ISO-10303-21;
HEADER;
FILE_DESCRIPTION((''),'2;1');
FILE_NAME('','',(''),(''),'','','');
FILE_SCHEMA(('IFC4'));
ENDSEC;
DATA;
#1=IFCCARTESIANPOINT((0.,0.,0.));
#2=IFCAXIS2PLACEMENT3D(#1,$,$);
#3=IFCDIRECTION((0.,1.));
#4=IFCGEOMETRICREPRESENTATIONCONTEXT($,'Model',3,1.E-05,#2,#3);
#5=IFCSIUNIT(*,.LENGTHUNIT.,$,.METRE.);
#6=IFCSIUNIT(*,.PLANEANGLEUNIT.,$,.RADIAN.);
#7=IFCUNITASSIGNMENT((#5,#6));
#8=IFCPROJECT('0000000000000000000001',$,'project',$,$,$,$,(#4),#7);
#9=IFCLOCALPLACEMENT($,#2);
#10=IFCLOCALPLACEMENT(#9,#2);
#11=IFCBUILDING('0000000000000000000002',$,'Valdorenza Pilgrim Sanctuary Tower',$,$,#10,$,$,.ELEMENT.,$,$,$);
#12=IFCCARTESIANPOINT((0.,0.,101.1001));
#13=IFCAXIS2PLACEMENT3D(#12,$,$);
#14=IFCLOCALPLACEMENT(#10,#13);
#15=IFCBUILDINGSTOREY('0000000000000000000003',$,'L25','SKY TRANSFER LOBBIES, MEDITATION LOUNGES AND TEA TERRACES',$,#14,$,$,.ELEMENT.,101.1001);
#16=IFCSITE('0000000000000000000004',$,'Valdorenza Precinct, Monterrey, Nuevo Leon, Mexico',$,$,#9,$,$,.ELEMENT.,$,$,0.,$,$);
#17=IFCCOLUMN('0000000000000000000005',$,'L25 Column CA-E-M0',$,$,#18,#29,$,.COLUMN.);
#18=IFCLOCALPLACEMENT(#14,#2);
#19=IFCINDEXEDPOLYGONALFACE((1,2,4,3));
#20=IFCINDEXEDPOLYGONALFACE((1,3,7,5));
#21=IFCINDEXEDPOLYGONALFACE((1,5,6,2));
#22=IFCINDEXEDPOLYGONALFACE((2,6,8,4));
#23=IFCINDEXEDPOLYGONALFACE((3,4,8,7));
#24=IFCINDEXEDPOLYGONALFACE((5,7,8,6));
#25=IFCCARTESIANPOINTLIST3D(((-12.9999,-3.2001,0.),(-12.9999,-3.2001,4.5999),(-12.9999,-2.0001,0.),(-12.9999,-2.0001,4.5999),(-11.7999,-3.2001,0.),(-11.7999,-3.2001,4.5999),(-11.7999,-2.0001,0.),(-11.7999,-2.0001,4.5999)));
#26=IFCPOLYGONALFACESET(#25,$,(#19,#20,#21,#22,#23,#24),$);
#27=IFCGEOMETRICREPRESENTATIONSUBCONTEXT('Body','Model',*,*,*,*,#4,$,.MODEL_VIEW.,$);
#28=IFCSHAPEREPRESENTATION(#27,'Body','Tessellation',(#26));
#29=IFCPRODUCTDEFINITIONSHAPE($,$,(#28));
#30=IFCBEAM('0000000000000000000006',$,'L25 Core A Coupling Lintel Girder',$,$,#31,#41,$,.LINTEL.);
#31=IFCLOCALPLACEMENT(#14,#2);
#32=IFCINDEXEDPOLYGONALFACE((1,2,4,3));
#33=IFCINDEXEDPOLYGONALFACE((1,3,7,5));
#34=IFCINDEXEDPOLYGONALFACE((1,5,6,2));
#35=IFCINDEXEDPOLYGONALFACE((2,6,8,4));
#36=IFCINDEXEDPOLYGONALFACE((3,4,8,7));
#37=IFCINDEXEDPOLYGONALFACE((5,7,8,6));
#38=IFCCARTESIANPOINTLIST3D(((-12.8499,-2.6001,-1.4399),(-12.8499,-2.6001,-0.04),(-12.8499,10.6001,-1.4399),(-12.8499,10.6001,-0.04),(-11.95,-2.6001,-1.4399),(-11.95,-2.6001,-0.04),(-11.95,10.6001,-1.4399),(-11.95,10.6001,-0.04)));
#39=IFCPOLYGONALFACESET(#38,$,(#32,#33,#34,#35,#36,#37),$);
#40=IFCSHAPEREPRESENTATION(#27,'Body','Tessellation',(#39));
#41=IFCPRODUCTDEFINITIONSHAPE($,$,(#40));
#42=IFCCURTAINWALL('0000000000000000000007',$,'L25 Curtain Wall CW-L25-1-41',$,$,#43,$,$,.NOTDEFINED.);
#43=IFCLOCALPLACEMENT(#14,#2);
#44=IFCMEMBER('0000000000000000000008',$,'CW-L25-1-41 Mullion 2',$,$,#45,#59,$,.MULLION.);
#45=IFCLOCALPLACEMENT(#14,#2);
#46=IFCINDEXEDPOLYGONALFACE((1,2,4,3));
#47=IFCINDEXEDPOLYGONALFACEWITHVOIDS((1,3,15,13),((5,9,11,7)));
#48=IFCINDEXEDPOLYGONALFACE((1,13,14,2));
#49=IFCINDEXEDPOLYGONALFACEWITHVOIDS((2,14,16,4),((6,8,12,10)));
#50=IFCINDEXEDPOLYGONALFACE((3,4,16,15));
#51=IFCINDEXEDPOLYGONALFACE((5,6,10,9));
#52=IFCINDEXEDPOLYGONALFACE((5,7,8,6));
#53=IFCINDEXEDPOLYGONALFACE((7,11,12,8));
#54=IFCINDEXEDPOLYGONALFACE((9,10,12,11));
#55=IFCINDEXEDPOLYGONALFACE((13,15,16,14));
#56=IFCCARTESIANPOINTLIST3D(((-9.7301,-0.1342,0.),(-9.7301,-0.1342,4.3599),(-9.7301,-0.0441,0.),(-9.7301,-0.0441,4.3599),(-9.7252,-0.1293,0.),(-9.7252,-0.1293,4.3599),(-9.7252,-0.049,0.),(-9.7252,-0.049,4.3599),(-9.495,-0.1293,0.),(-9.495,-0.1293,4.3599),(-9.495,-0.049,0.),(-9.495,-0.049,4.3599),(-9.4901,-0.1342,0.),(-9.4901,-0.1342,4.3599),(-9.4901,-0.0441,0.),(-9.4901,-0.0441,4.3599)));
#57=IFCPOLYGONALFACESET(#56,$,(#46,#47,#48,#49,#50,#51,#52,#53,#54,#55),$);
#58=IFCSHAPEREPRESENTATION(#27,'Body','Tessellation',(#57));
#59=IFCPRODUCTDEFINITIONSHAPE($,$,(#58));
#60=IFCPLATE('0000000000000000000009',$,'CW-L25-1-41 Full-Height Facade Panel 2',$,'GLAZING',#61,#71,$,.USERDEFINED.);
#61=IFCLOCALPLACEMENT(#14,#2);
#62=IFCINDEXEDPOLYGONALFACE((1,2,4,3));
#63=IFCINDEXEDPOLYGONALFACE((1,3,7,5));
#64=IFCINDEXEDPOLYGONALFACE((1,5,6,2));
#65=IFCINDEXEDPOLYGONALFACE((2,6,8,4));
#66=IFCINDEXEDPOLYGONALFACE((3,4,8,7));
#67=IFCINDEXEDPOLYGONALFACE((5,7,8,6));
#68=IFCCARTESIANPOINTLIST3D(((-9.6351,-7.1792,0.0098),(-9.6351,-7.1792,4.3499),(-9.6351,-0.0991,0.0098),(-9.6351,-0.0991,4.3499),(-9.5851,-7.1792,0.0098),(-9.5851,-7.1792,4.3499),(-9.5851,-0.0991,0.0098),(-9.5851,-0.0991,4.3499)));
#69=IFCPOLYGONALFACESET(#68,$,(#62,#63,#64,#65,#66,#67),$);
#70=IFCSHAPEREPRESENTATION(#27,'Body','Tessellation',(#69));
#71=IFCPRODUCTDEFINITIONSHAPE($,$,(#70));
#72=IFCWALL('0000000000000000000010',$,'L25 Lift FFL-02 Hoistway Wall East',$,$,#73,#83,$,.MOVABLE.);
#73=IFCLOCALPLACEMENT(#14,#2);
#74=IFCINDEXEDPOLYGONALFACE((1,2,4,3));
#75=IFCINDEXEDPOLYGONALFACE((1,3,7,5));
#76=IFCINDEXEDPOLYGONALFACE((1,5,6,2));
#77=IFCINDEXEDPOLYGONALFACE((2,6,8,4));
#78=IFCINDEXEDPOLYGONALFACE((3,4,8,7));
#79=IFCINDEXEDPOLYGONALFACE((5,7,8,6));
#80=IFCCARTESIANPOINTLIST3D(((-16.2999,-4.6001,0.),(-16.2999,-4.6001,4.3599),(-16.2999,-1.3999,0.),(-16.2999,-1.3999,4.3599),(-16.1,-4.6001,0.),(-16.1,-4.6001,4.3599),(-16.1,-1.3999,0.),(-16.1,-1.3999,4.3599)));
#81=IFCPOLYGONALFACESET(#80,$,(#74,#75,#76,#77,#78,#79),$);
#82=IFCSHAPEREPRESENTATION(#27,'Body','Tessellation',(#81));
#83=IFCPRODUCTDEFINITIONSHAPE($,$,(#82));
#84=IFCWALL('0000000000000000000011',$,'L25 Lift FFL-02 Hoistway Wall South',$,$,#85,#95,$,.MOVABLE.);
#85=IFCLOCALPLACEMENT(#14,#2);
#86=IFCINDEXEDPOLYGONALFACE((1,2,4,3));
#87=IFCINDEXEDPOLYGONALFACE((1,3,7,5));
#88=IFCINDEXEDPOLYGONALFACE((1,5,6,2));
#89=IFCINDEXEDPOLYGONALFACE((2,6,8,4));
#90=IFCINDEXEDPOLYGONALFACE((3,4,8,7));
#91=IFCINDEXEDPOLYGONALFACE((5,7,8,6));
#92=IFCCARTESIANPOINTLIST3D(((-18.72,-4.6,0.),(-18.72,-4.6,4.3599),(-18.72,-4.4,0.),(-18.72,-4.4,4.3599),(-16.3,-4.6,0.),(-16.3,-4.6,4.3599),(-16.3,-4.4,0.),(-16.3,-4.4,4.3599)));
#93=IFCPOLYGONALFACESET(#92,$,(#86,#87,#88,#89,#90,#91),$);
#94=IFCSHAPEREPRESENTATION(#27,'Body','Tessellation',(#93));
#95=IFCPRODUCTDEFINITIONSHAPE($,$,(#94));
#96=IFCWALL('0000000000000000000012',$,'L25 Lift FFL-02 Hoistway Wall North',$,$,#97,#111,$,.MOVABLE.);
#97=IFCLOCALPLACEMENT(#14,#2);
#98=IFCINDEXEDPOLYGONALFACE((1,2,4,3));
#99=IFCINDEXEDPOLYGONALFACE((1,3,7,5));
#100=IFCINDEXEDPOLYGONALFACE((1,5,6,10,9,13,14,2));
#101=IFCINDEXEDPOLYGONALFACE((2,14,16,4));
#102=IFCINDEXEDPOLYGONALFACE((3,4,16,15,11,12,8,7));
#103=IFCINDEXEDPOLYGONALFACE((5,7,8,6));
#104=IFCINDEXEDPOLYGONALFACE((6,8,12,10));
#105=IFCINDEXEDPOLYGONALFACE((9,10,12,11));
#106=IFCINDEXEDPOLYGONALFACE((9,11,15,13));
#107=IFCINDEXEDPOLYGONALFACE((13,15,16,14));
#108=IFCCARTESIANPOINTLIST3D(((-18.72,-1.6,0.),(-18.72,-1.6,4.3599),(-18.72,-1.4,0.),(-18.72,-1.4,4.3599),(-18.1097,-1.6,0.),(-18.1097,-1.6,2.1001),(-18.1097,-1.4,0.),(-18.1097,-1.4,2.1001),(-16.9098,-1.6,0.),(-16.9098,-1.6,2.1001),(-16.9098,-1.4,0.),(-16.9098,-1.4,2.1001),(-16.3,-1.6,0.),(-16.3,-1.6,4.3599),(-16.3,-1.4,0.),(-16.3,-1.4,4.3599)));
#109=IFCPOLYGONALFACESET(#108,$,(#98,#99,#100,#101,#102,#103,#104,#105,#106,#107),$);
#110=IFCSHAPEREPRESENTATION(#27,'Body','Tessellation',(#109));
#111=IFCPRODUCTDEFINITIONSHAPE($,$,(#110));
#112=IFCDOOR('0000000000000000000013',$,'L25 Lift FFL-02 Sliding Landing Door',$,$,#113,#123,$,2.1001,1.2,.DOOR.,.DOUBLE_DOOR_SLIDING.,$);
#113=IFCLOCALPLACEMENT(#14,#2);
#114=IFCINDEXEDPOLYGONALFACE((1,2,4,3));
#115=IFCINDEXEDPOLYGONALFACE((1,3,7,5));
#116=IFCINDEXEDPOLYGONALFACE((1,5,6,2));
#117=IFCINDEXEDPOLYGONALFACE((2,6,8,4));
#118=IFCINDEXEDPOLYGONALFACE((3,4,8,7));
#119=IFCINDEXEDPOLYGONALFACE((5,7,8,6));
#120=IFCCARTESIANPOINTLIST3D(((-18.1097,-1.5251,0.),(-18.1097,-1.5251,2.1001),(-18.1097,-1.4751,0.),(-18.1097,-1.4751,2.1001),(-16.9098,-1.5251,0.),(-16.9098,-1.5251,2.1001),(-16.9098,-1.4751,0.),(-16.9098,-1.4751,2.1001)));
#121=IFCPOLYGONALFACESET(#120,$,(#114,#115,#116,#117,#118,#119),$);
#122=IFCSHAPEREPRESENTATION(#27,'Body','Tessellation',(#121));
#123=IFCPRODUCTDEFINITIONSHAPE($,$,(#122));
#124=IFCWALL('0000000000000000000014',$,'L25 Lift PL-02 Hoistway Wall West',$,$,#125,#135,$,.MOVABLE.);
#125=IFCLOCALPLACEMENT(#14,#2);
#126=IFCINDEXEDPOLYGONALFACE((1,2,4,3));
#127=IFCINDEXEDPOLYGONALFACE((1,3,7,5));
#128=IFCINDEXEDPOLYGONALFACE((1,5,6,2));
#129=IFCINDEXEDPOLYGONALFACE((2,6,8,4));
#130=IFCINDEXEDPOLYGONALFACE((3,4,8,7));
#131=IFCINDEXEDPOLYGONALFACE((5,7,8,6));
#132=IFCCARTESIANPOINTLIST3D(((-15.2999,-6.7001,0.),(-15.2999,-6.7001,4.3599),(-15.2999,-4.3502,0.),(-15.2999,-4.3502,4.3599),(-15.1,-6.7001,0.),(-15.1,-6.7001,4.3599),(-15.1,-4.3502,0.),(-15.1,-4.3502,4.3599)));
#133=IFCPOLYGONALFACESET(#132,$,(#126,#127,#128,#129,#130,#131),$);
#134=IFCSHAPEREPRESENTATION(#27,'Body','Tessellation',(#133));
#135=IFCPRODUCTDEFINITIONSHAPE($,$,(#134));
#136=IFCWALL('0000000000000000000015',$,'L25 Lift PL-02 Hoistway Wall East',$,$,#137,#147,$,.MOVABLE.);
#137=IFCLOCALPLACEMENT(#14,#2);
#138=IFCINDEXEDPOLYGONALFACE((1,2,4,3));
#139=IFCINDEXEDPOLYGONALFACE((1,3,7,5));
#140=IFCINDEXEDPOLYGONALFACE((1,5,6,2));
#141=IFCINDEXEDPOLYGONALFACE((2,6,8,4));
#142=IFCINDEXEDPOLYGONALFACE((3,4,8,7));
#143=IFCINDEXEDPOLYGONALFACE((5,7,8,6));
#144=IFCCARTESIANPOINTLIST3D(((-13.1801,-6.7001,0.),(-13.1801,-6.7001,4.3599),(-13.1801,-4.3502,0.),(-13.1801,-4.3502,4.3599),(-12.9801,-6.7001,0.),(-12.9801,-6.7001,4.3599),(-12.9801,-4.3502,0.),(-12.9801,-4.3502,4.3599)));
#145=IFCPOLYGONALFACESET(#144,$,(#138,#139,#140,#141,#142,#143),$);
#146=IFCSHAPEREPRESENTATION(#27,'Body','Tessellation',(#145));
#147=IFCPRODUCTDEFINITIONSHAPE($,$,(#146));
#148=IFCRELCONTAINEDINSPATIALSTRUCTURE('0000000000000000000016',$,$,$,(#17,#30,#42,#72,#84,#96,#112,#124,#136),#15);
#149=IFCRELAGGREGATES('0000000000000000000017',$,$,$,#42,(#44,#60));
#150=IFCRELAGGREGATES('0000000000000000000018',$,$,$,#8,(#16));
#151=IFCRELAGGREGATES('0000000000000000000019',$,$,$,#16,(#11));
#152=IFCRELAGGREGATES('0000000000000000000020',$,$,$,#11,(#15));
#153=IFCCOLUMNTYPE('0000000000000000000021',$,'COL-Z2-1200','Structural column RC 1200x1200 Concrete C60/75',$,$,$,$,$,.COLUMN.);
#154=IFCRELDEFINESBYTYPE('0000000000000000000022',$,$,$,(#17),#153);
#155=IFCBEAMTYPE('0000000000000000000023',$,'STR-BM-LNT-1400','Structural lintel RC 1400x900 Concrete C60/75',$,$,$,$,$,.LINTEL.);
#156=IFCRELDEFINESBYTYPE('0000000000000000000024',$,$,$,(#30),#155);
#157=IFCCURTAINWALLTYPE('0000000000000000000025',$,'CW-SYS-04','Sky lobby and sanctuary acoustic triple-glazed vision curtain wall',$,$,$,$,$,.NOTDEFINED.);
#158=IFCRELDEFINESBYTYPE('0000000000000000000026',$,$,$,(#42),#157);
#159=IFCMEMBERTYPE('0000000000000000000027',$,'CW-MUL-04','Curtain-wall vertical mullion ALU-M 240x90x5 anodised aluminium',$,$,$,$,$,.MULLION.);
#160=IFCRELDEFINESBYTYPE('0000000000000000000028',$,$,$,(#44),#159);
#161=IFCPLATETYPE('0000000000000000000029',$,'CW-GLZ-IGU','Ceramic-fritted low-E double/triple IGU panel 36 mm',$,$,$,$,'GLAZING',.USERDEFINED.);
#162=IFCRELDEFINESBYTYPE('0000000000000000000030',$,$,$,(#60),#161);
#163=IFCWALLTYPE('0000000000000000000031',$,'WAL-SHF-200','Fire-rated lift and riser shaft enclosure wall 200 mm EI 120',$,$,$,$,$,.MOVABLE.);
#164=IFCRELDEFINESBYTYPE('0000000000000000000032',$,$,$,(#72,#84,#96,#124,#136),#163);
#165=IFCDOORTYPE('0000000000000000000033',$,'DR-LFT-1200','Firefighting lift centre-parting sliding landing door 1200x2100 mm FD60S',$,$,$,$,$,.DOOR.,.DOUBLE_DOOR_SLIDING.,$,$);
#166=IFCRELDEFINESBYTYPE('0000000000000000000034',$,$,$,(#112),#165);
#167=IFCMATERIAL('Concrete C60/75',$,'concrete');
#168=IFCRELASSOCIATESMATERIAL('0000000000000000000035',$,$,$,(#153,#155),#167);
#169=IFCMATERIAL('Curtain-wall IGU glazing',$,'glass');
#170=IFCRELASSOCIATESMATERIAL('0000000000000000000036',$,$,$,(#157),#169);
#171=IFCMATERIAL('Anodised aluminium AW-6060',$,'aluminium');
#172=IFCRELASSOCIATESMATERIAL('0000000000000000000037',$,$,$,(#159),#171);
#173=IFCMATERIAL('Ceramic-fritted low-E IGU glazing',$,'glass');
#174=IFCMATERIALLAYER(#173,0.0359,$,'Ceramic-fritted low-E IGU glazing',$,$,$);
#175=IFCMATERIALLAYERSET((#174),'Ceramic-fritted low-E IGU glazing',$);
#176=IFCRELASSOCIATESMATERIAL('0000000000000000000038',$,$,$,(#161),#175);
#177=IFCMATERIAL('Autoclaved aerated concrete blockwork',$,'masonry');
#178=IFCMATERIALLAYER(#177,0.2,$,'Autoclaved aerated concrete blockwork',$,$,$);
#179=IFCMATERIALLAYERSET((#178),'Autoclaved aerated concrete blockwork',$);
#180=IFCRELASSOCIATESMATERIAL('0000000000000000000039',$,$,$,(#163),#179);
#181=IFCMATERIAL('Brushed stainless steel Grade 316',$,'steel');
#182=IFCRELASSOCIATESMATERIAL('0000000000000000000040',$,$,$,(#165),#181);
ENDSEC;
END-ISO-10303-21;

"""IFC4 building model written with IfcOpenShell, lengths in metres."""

from ifc_helpers import new_model, si_unit, direction, frame, frame_2d, origin, origin_2d, place, context, subcontext, project, spatial, rectangle, hollow_rectangle, extrude, source, transform, mapped, material, layer, layer_set, material_profile, profile_set, type_object, element, fill, aggregate, save


model = new_model("IFC4")

# Units and contexts
model_context = context("Model", 3, precision=1e-05, world=origin(), true_north=direction((0.0, 1.0)))
body_context = subcontext(model_context, "Body", "Model", "MODEL_VIEW")
ifc_project = project(units=[si_unit("LENGTHUNIT", "METRE"), si_unit("PLANEANGLEUNIT", "RADIAN")], contexts=[model_context])

# Site, building, storey
site_placement = place(None, origin())
site = spatial("IfcSite", under=ifc_project, at=site_placement, Name="Valdorenza Precinct, Monterrey, Nuevo Leon, Mexico", CompositionType="ELEMENT", RefElevation=0.0)
building_placement = place(site_placement, origin())
building = spatial("IfcBuilding", under=site, at=building_placement, Name="Valdorenza Pilgrim Sanctuary Tower", CompositionType="ELEMENT")
storey_placement = place(building_placement, frame((0.0, 0.0, 101.1001)))
storey = spatial("IfcBuildingStorey", under=building, at=storey_placement, Name="L25", Description="SKY TRANSFER LOBBIES, MEDITATION LOUNGES AND TEA TERRACES", CompositionType="ELEMENT", Elevation=101.1001)

# Column
ifc_material_1 = material(Name="Concrete C60/75", Category="concrete")
ifc_material_profile_1 = material_profile(ifc_material_1, rectangle(XDim=1.2, YDim=1.2, at=origin_2d()), Name="RC 1200x1200")
ifc_profile_set_1 = profile_set([ifc_material_profile_1], Name="Concrete C60/75")
column_type = type_object("IfcColumnType", Name="COL-Z2-1200", Description="Structural column RC 1200x1200 Concrete C60/75", PredefinedType="COLUMN", material=ifc_profile_set_1)
shared_shape_1 = source(origin(), body_context, "Body", "SweptSolid", [
    extrude(rectangle(XDim=1.2, YDim=1.2, at=origin_2d()), origin(), (0.0, 0.0, 1.0), 4.5999),
])
column_placement = place(storey_placement, frame((-12.3999, -2.6001, 0.0), z_axis=(0.0, 0.0, 1.0), x_axis=(1.0, 0.0, 0.0)))
element("IfcColumn", 1, at=column_placement, inside=storey, type_object=column_type, Name="L25 Column CA-E-M0", PredefinedType="COLUMN", context=body_context, shape_type="MappedRepresentation", body=[
    mapped(shared_shape_1, transform((0.0, 0.0, 0.0), x_axis=(1.0, 0.0, 0.0), y_axis=(0.0, 1.0, 0.0), z_axis=(0.0, 0.0, 1.0), scale=1.0)),
])

# Beam
ifc_material_profile_2 = material_profile(ifc_material_1, rectangle(XDim=0.8999, YDim=1.3999, at=origin_2d()), Name="RC 1400x900")
ifc_profile_set_2 = profile_set([ifc_material_profile_2], Name="Concrete C60/75")
beam_type = type_object("IfcBeamType", Name="STR-BM-LNT-1400", Description="Structural lintel RC 1400x900 Concrete C60/75", PredefinedType="LINTEL", material=ifc_profile_set_2)
shared_shape_2 = source(origin(), body_context, "Body", "SweptSolid", [
    extrude(rectangle(XDim=0.8999, YDim=1.3999, at=origin_2d()), origin(), (0.0, 0.0, 1.0), 13.2002),
])
beam_placement = place(storey_placement, frame((-12.3999, -2.6001, -0.74), z_axis=(0.0, 1.0, 0.0), x_axis=(-1.0, 0.0, 0.0)))
element("IfcBeam", 2, at=beam_placement, inside=storey, type_object=beam_type, Name="L25 Core A Coupling Lintel Girder", PredefinedType="LINTEL", context=body_context, shape_type="MappedRepresentation", body=[
    mapped(shared_shape_2, transform((0.0, 0.0, 0.0), x_axis=(1.0, 0.0, 0.0), y_axis=(0.0, 1.0, 0.0), z_axis=(0.0, 0.0, 1.0), scale=1.0)),
])

# Curtain wall, member, plate
ifc_material_2 = material(Name="Curtain-wall IGU glazing", Category="glass")
curtain_wall_type = type_object("IfcCurtainWallType", Name="CW-SYS-04", Description="Sky lobby and sanctuary acoustic triple-glazed vision curtain wall", PredefinedType="NOTDEFINED", material=ifc_material_2)
curtain_wall_placement = place(storey_placement, origin())
curtain_wall = element("IfcCurtainWall", 3, at=curtain_wall_placement, inside=storey, type_object=curtain_wall_type, Name="L25 Curtain Wall CW-L25-1-41", PredefinedType="NOTDEFINED")
ifc_material_3 = material(Name="Anodised aluminium AW-6060", Category="aluminium")
ifc_material_profile_3 = material_profile(ifc_material_3, hollow_rectangle(XDim=0.0901, YDim=0.24, WallThickness=0.0049, at=origin_2d()), Name="ALU-M 240x90x5")
ifc_profile_set_3 = profile_set([ifc_material_profile_3], Name="Anodised aluminium AW-6060")
member_type = type_object("IfcMemberType", Name="CW-MUL-04", Description="Curtain-wall vertical mullion ALU-M 240x90x5 anodised aluminium", PredefinedType="MULLION", material=ifc_profile_set_3)
shared_shape_3 = source(origin(), body_context, "Body", "SweptSolid", [
    extrude(hollow_rectangle(XDim=0.0901, YDim=0.24, WallThickness=0.0049, at=origin_2d()), origin(), (0.0, 0.0, 1.0), 4.3599),
])
member_placement = place(storey_placement, frame((-9.6101, -0.0891, 0.0), z_axis=(0.0, 0.0, 1.0), x_axis=(0.0, -1.0, 0.0)))
member = element("IfcMember", 4, at=member_placement, type_object=member_type, Name="CW-L25-1-41 Mullion 2", PredefinedType="MULLION", context=body_context, shape_type="MappedRepresentation", body=[
    mapped(shared_shape_3, transform((0.0, 0.0, 0.0), x_axis=(1.0, 0.0, 0.0), y_axis=(0.0, 1.0, 0.0), z_axis=(0.0, 0.0, 1.0), scale=1.0)),
])
ifc_material_4 = material(Name="Ceramic-fritted low-E IGU glazing", Category="glass")
ifc_layer_1 = layer(ifc_material_4, 0.0359, Name="Ceramic-fritted low-E IGU glazing")
ifc_layer_set_1 = layer_set([ifc_layer_1], Name="Ceramic-fritted low-E IGU glazing")
plate_type = type_object("IfcPlateType", Name="CW-GLZ-IGU", Description="Ceramic-fritted low-E double/triple IGU panel 36 mm", ElementType="GLAZING", PredefinedType="USERDEFINED", material=ifc_layer_set_1)
shared_shape_4 = source(origin(), body_context, "Body", "SweptSolid", [
    extrude(rectangle(XDim=7.0801, YDim=0.05, at=origin_2d()), origin(), (0.0, 0.0, 1.0), 4.3401),
])
plate_placement = place(storey_placement, frame((-9.6101, -3.6392, 0.0098), z_axis=(0.0, 0.0, 1.0), x_axis=(0.0, -1.0, 0.0)))
plate = element("IfcPlate", 5, at=plate_placement, type_object=plate_type, Name="CW-L25-1-41 Full-Height Facade Panel 2", ObjectType="GLAZING", PredefinedType="USERDEFINED", context=body_context, shape_type="MappedRepresentation", body=[
    mapped(shared_shape_4, transform((0.0, 0.0, 0.0), x_axis=(1.0, 0.0, 0.0), y_axis=(0.0, 1.0, 0.0), z_axis=(0.0, 0.0, 1.0), scale=1.0)),
])
aggregate(curtain_wall, [member, plate])

# Walls
ifc_material_5 = material(Name="Autoclaved aerated concrete blockwork", Category="masonry")
ifc_layer_2 = layer(ifc_material_5, 0.2, Name="Autoclaved aerated concrete blockwork")
ifc_layer_set_2 = layer_set([ifc_layer_2], Name="Autoclaved aerated concrete blockwork")
wall_type_1 = type_object("IfcWallType", Name="WAL-SHF-200", Description="Fire-rated lift and riser shaft enclosure wall 200 mm EI 120", PredefinedType="MOVABLE", material=ifc_layer_set_2)
wall_1_placement = place(storey_placement, frame((-16.2, -4.6001, 0.0), z_axis=(0.0, 0.0, 1.0), x_axis=(0.0, 1.0, 0.0)))
element("IfcWall", 6, at=wall_1_placement, inside=storey, type_object=wall_type_1, Name="L25 Lift FFL-02 Hoistway Wall East", PredefinedType="MOVABLE", context=body_context, shape_type="SweptSolid", body=[
    extrude(rectangle(XDim=3.2002, YDim=0.2, at=frame_2d((1.6001, 0.0))), origin(), (0.0, 0.0, 1.0), 4.3599),
])
wall_2_placement = place(storey_placement, frame((-18.72, -4.5, 0.0), z_axis=(0.0, 0.0, 1.0), x_axis=(1.0, 0.0, 0.0)))
element("IfcWall", 7, at=wall_2_placement, inside=storey, type_object=wall_type_1, Name="L25 Lift FFL-02 Hoistway Wall South", PredefinedType="MOVABLE", context=body_context, shape_type="SweptSolid", body=[
    extrude(rectangle(XDim=2.4199, YDim=0.2, at=frame_2d((1.21, 0.0))), origin(), (0.0, 0.0, 1.0), 4.3599),
])

# Wall, opening, door
wall_3_placement = place(storey_placement, frame((-18.72, -1.5, 0.0), z_axis=(0.0, 0.0, 1.0), x_axis=(1.0, 0.0, 0.0)))
wall_3 = element("IfcWall", 8, at=wall_3_placement, inside=storey, type_object=wall_type_1, Name="L25 Lift FFL-02 Hoistway Wall North", PredefinedType="MOVABLE", context=body_context, shape_type="SweptSolid", body=[
    extrude(rectangle(XDim=2.4199, YDim=0.2, at=frame_2d((1.21, 0.0))), origin(), (0.0, 0.0, 1.0), 4.3599),
])
opening_1_placement = place(wall_3_placement, frame((0.6101, 0.0, 0.0)))
opening_1 = element("IfcOpeningElement", 9, at=opening_1_placement, cuts=wall_3, PredefinedType="OPENING", context=body_context, shape_type="SweptSolid", body=[
    extrude(rectangle(XDim=1.2, YDim=2.1001, at=frame_2d((0.6001, 1.05))), frame((0.0, 0.1147, 0.0), z_axis=(0.0, -1.0, 0.0), x_axis=(1.0, 0.0, 0.0)), (0.0, 0.0, 1.0), 0.2297),
])
ifc_material_6 = material(Name="Brushed stainless steel Grade 316", Category="steel")
door_type_1 = type_object("IfcDoorType", Name="DR-LFT-1200", Description="Firefighting lift centre-parting sliding landing door 1200x2100 mm FD60S", OperationType="DOUBLE_DOOR_SLIDING", PredefinedType="DOOR", material=ifc_material_6)
door_1_placement = place(opening_1_placement, origin())
door_1 = element("IfcDoor", 10, at=door_1_placement, inside=storey, type_object=door_type_1, Name="L25 Lift FFL-02 Sliding Landing Door", OperationType="DOUBLE_DOOR_SLIDING", OverallHeight=2.1001, OverallWidth=1.2, PredefinedType="DOOR", context=body_context, shape_type="SweptSolid", body=[
    extrude(rectangle(XDim=1.2, YDim=2.1001, at=frame_2d((0.6001, 1.05))), frame((0.0, 0.0249, 0.0), z_axis=(0.0, -1.0, 0.0), x_axis=(1.0, 0.0, 0.0)), (0.0, 0.0, 1.0), 0.05),
])
fill(opening_1, door_1)

# Walls
for number, where, z_axis, x_axis, name in (
    (11, (-15.2, -6.7, 0.0), (0.0, 0.0, 1.0), (0.0, 1.0, 0.0), "L25 Lift PL-02 Hoistway Wall West"),
    (12, (-13.0801, -6.7, 0.0), (0.0, 0.0, 1.0), (0.0, 1.0, 0.0), "L25 Lift PL-02 Hoistway Wall East"),
):
    element("IfcWall", number, at=place(storey_placement, frame(where, z_axis=z_axis, x_axis=x_axis)), inside=storey, type_object=wall_type_1, Name=name, PredefinedType="MOVABLE", context=body_context, shape_type="SweptSolid", body=[
        extrude(rectangle(XDim=2.3499, YDim=0.2, at=frame_2d((1.1748, 0.0))), origin(), (0.0, 0.0, 1.0), 4.3599),
    ])

save(model, "model.ifc")
